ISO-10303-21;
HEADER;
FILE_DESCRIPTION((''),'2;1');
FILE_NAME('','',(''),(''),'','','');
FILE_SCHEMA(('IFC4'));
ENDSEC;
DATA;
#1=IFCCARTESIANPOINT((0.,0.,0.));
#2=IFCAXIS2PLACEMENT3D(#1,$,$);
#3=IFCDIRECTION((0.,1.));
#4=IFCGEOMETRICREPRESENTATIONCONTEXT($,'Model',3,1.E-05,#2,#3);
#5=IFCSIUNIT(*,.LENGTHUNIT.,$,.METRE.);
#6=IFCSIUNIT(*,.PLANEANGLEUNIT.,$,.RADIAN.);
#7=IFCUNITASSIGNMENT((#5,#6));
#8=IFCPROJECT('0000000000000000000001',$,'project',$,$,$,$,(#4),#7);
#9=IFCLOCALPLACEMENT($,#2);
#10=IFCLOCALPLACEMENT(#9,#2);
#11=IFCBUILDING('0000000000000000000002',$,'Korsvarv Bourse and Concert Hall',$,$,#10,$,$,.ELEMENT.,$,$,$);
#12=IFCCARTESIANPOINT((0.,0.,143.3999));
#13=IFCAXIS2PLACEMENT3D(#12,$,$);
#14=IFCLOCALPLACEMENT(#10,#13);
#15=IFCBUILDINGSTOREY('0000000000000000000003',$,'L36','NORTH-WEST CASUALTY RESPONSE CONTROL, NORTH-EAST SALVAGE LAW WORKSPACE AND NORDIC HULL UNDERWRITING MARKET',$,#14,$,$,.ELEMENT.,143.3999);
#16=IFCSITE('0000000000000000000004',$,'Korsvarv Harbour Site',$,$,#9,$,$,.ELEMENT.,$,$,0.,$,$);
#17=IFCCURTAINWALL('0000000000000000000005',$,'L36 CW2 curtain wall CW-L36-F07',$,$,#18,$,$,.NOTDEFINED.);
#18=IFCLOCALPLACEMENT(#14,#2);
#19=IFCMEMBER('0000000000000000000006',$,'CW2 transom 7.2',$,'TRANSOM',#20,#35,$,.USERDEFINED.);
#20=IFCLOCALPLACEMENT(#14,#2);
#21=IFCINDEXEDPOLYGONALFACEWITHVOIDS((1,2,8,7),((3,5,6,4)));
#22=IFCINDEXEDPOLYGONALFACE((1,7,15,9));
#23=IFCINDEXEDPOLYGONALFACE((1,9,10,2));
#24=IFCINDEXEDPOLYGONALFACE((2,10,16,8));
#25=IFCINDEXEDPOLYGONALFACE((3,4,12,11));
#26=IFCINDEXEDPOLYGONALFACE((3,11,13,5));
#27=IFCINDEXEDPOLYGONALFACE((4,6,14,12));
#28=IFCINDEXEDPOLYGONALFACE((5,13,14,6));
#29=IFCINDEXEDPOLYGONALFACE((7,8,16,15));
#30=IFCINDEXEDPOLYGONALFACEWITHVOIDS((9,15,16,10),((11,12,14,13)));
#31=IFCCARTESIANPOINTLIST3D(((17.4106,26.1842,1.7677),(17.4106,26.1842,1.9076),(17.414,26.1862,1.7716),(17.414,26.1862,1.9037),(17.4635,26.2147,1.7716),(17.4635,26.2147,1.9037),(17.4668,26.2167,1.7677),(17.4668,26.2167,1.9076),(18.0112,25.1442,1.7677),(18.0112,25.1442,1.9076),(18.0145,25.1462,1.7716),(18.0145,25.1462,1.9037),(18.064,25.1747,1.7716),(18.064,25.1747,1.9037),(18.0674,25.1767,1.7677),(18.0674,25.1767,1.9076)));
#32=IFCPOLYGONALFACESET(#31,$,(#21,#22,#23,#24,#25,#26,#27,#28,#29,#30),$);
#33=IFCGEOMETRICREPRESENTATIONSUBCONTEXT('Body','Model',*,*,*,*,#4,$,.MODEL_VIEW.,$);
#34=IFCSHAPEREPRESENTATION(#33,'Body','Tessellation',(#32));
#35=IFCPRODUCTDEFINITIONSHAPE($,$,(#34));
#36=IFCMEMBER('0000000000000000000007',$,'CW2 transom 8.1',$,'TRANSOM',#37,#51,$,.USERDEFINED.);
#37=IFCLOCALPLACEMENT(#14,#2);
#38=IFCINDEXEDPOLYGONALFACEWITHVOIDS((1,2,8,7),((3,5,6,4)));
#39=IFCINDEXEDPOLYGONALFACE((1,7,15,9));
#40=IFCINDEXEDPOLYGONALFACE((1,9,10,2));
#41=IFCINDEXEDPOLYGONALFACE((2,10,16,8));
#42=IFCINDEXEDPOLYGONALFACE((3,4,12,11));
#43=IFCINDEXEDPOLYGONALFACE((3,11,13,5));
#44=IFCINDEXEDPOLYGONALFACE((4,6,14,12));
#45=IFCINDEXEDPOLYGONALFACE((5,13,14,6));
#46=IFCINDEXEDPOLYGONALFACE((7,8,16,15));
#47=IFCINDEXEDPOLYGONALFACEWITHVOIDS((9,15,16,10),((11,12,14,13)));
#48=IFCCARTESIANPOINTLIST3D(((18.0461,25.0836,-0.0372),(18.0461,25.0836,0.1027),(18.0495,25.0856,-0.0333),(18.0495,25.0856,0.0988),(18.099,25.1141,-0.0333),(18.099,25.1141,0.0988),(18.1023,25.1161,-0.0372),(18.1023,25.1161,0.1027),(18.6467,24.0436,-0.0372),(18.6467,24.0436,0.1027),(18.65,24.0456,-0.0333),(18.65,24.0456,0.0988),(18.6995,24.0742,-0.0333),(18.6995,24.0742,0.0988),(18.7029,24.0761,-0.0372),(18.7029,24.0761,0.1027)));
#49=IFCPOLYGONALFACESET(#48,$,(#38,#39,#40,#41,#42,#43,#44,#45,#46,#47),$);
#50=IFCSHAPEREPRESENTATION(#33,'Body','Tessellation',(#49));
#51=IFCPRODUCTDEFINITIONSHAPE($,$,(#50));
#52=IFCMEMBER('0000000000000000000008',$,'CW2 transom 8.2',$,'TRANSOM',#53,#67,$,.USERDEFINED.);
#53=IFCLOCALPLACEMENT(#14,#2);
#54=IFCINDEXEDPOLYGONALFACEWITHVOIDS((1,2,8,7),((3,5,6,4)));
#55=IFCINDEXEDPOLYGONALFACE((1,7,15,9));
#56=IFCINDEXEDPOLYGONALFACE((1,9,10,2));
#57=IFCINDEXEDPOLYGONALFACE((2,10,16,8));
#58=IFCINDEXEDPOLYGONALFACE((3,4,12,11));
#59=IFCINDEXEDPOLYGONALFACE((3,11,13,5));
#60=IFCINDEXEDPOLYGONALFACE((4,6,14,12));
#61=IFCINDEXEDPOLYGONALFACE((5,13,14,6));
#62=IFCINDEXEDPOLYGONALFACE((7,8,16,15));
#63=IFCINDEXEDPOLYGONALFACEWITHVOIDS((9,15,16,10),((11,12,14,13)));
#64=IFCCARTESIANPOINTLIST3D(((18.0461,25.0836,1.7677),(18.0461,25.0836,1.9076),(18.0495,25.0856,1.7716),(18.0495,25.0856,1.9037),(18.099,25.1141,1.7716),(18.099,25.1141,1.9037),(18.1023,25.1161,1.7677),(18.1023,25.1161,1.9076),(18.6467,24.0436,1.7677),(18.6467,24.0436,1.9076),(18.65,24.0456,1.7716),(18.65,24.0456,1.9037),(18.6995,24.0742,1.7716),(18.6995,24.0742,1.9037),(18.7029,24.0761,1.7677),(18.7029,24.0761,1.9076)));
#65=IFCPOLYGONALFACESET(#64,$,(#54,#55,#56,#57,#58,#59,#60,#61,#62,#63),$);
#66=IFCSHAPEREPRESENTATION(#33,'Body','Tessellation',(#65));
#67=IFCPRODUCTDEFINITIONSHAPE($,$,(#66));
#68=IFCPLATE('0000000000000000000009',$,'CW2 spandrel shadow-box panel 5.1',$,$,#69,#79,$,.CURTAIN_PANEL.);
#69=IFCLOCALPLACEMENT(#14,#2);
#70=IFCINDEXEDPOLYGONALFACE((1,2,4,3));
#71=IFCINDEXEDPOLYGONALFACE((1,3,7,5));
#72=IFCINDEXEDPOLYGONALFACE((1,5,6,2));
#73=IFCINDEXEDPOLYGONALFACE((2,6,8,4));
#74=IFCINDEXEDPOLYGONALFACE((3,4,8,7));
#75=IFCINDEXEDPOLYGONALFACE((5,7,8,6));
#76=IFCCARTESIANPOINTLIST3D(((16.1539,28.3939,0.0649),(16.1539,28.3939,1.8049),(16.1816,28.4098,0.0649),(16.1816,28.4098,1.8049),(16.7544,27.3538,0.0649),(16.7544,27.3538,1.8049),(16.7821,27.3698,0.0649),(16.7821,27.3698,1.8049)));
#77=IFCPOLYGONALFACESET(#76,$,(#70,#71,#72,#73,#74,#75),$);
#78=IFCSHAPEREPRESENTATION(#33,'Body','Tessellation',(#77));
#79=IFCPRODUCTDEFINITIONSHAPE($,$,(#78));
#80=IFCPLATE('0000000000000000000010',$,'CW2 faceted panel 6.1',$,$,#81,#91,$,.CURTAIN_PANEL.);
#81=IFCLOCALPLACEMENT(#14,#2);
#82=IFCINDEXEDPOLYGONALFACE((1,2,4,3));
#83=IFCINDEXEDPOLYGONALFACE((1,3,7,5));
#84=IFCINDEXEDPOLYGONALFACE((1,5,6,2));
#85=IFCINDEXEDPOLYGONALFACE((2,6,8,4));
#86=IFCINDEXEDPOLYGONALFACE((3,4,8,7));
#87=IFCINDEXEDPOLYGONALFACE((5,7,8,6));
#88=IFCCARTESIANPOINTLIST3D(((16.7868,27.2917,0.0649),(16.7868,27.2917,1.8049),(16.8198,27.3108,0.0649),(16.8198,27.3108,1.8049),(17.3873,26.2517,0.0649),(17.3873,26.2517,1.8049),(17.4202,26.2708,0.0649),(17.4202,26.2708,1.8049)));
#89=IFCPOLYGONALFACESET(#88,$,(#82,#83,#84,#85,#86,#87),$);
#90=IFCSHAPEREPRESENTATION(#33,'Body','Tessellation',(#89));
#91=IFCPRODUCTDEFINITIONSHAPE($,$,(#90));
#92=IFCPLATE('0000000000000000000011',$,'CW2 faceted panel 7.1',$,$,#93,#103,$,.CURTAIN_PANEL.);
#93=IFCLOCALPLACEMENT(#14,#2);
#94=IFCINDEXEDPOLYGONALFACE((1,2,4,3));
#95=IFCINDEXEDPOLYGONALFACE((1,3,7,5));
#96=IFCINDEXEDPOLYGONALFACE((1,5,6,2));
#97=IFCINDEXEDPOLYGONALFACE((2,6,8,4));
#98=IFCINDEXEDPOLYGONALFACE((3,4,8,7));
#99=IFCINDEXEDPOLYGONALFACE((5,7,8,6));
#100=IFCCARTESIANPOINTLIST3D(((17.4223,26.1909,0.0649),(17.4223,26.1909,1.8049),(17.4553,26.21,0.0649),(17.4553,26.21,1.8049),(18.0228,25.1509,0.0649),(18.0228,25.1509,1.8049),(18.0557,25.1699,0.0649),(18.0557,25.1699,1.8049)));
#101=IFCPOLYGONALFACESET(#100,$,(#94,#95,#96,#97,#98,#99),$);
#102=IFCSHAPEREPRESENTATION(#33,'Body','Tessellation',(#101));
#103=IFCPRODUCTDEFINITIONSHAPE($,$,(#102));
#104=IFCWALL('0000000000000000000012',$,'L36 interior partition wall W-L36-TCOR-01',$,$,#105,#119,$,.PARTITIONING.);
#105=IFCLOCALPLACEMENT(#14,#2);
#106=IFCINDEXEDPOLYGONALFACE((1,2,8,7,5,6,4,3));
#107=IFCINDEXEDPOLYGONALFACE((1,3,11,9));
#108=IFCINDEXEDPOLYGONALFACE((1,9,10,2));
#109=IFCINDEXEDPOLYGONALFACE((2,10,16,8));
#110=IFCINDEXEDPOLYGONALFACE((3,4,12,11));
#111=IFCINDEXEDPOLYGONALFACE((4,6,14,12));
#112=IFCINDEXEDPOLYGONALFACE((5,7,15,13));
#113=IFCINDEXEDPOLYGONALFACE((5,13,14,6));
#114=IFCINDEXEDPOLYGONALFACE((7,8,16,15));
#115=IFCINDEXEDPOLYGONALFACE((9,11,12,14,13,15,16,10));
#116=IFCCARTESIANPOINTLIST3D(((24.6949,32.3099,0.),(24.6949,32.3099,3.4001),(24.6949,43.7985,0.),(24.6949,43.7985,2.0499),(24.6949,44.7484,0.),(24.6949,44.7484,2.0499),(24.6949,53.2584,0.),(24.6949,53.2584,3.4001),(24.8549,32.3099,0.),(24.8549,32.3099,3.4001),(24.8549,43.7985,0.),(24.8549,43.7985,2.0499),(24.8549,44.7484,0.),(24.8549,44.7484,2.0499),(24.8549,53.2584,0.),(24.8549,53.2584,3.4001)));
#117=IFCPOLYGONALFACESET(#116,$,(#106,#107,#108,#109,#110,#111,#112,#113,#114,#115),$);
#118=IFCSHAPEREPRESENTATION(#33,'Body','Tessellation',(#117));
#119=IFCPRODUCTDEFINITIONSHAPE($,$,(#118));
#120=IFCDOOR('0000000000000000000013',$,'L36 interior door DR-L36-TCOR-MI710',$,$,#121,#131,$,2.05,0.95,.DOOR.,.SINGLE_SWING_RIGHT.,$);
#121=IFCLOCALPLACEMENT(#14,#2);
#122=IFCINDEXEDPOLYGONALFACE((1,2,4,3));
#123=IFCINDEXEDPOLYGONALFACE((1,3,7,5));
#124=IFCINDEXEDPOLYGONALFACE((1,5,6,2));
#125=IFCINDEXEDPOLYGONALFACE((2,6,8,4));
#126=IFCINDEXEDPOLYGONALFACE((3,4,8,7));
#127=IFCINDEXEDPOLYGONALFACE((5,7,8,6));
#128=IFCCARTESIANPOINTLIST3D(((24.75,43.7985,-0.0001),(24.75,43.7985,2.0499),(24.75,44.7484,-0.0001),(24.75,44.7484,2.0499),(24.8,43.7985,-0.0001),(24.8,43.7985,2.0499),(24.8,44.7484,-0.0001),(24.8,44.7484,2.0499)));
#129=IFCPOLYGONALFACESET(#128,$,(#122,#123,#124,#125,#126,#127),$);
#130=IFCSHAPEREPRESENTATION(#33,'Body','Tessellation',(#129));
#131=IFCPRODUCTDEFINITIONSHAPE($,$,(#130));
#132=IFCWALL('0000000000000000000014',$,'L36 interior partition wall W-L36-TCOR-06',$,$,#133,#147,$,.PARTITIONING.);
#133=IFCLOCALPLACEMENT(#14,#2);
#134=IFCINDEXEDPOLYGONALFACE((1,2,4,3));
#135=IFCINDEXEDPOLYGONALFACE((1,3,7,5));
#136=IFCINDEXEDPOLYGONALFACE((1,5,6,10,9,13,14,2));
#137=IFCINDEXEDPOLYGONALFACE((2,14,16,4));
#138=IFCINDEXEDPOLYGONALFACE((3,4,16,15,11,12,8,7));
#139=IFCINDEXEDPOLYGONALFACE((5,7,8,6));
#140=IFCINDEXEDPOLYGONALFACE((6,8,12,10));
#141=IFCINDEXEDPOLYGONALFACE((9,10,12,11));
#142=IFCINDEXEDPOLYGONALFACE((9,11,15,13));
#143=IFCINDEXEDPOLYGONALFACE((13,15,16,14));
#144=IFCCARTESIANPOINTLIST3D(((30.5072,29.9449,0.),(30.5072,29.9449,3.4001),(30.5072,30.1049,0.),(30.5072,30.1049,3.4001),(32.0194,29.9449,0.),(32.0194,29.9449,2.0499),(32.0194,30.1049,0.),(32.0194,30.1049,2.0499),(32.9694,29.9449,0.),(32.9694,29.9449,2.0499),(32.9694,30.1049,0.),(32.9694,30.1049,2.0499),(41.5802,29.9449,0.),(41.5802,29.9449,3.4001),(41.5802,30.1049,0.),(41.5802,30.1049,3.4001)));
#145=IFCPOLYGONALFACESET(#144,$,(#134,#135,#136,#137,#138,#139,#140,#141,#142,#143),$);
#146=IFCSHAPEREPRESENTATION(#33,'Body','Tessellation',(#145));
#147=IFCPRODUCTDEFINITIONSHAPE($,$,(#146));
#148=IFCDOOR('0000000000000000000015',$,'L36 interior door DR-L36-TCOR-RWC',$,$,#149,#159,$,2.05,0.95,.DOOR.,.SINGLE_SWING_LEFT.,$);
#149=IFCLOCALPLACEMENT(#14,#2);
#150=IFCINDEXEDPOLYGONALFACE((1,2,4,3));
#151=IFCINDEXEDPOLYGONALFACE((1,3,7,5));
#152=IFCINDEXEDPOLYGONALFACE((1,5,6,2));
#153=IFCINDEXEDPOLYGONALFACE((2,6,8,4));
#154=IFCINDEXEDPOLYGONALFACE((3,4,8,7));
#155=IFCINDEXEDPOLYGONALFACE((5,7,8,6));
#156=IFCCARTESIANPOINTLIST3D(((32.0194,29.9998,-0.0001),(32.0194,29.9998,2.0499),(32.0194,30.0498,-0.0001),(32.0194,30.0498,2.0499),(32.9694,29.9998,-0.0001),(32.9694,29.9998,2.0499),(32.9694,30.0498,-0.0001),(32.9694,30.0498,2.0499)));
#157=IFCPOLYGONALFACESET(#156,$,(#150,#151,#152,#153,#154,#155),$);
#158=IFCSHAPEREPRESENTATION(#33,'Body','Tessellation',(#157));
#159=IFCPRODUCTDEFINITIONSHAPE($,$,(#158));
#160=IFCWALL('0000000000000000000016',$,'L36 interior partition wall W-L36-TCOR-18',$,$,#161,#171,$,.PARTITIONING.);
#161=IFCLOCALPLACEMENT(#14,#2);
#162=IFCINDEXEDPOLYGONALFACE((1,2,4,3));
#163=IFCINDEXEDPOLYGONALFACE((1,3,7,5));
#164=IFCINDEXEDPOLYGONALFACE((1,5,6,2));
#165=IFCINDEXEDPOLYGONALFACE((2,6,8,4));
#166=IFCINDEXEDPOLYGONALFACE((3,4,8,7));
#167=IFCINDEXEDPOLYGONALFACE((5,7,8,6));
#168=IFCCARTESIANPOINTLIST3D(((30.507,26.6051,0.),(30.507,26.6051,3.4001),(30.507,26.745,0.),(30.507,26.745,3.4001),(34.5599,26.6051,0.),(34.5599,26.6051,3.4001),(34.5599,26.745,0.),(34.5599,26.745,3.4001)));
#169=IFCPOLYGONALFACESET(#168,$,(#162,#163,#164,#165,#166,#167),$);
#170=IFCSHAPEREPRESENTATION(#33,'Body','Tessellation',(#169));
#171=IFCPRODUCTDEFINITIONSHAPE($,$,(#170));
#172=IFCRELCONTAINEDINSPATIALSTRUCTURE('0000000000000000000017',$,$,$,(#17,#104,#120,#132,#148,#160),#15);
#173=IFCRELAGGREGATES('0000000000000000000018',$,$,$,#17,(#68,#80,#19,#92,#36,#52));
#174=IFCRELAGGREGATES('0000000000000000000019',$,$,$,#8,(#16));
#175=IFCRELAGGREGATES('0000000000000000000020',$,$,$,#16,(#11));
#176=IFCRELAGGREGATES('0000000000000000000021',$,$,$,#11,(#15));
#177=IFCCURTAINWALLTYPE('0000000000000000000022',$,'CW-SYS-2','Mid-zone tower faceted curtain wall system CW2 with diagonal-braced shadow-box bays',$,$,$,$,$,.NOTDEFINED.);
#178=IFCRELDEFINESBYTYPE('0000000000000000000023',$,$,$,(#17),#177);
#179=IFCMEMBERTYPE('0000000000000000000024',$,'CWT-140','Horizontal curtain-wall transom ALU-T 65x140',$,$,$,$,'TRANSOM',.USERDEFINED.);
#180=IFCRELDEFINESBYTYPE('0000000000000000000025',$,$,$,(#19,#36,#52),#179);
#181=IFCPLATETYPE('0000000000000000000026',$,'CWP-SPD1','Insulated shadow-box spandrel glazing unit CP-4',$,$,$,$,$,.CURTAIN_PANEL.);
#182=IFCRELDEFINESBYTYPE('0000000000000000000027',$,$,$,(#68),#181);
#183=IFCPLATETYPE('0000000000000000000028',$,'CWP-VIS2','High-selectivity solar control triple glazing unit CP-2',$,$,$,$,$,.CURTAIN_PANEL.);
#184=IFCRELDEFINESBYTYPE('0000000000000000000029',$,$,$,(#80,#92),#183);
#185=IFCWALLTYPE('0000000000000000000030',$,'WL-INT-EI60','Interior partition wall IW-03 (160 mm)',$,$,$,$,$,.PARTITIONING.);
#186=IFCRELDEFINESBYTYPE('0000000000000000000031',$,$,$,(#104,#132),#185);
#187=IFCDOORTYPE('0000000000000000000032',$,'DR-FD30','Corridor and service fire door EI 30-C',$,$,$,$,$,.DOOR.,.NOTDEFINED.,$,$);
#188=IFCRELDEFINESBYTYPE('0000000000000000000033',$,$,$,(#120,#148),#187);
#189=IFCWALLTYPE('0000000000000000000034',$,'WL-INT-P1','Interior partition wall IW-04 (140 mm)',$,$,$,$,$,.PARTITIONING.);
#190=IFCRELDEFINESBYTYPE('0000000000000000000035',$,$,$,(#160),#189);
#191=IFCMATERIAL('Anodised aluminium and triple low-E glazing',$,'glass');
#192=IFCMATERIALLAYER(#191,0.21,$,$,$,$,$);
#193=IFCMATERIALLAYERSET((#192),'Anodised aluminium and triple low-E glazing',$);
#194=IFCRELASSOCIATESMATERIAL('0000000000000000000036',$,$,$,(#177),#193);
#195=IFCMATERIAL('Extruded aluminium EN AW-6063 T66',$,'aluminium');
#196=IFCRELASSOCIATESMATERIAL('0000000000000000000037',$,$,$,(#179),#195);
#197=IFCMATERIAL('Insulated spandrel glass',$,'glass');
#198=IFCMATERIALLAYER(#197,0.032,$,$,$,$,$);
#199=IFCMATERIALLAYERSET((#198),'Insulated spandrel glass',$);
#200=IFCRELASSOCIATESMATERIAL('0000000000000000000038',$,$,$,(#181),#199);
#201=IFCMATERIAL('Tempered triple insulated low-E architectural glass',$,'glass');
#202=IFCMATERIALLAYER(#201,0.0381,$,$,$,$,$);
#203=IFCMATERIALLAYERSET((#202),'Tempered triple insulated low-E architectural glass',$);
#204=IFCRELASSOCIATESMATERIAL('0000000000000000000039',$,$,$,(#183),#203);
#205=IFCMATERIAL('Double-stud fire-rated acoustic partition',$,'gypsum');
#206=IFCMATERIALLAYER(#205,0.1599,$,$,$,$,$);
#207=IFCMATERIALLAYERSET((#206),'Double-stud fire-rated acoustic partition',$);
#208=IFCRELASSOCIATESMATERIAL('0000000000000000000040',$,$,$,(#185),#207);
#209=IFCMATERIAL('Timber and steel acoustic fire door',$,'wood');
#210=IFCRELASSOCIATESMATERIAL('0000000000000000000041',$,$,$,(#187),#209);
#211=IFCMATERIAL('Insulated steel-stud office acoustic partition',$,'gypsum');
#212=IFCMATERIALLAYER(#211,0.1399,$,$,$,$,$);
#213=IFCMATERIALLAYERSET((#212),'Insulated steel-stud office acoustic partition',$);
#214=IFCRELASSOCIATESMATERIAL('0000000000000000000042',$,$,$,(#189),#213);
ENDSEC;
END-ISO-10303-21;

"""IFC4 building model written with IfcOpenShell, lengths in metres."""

from ifc_helpers import new_model, si_unit, direction, frame, frame_2d, origin, origin_2d, place, context, subcontext, project, spatial, rectangle, hollow_rectangle, extrude, source, transform, mapped, material, layer, layer_set, material_profile, profile_set, type_object, element, fill, aggregate, save


model = new_model("IFC4")

# Units and contexts
model_context = context("Model", 3, precision=1e-05, world=origin(), true_north=direction((0.0, 1.0)))
body_context = subcontext(model_context, "Body", "Model", "MODEL_VIEW")
ifc_project = project(units=[si_unit("LENGTHUNIT", "METRE"), si_unit("PLANEANGLEUNIT", "RADIAN")], contexts=[model_context])

# Site, building, storey
site_placement = place(None, origin())
site = spatial("IfcSite", under=ifc_project, at=site_placement, Name="Korsvarv Harbour Site", CompositionType="ELEMENT", RefElevation=0.0)
building_placement = place(site_placement, origin())
building = spatial("IfcBuilding", under=site, at=building_placement, Name="Korsvarv Bourse and Concert Hall", CompositionType="ELEMENT")
storey_placement = place(building_placement, frame((0.0, 0.0, 143.3999)))
storey = spatial("IfcBuildingStorey", under=building, at=storey_placement, Name="L36", Description="NORTH-WEST CASUALTY RESPONSE CONTROL, NORTH-EAST SALVAGE LAW WORKSPACE AND NORDIC HULL UNDERWRITING MARKET", CompositionType="ELEMENT", Elevation=143.3999)

# Curtain wall, members, plates
ifc_material_1 = material(Name="Anodised aluminium and triple low-E glazing", Category="glass")
ifc_layer_1 = layer(ifc_material_1, 0.21)
ifc_layer_set_1 = layer_set([ifc_layer_1], Name="Anodised aluminium and triple low-E glazing")
curtain_wall_type = type_object("IfcCurtainWallType", Name="CW-SYS-2", Description="Mid-zone tower faceted curtain wall system CW2 with diagonal-braced shadow-box bays", PredefinedType="NOTDEFINED", material=ifc_layer_set_1)
curtain_wall_placement = place(storey_placement, origin())
curtain_wall = element("IfcCurtainWall", 1, at=curtain_wall_placement, inside=storey, type_object=curtain_wall_type, Name="L36 CW2 curtain wall CW-L36-F07", PredefinedType="NOTDEFINED")
ifc_material_2 = material(Name="Extruded aluminium EN AW-6063 T66", Category="aluminium")
ifc_material_profile_1 = material_profile(ifc_material_2, hollow_rectangle(XDim=0.0649, YDim=0.1399, WallThickness=0.0039, at=origin_2d()), Name="ALU-T 65x140")
ifc_profile_set_1 = profile_set([ifc_material_profile_1], Name="Extruded aluminium EN AW-6063 T66")
member_type_1 = type_object("IfcMemberType", Name="CWT-140", Description="Horizontal curtain-wall transom ALU-T 65x140", ElementType="TRANSOM", PredefinedType="USERDEFINED", material=ifc_profile_set_1)
shared_shape_1 = source(origin(), body_context, "Body", "SweptSolid", [
    extrude(hollow_rectangle(XDim=0.0649, YDim=0.1399, WallThickness=0.0039, at=origin_2d()), origin(), (0.0, 0.0, 1.0), 1.2009),
])
member_1_placement = place(storey_placement, frame((17.4387, 26.2004, 1.8376), z_axis=(0.500074, -0.865982, 0.0), x_axis=(0.865982, 0.500074, 0.0)))
member_1 = element("IfcMember", 2, at=member_1_placement, type_object=member_type_1, Name="CW2 transom 7.2", ObjectType="TRANSOM", PredefinedType="USERDEFINED", context=body_context, shape_type="MappedRepresentation", body=[
    mapped(shared_shape_1, transform((0.0, 0.0, 0.0), scale=1.0)),
])
member_2_placement = place(storey_placement, frame((18.0742, 25.0999, 0.0327), z_axis=(0.500074, -0.865982, 0.0), x_axis=(0.865982, 0.500074, 0.0)))
member_2 = element("IfcMember", 3, at=member_2_placement, type_object=member_type_1, Name="CW2 transom 8.1", ObjectType="TRANSOM", PredefinedType="USERDEFINED", context=body_context, shape_type="MappedRepresentation", body=[
    mapped(shared_shape_1, transform((0.0, 0.0, 0.0), scale=1.0)),
])
member_3_placement = place(storey_placement, frame((18.0742, 25.0999, 1.8376), z_axis=(0.500074, -0.865982, 0.0), x_axis=(0.865982, 0.500074, 0.0)))
member_3 = element("IfcMember", 4, at=member_3_placement, type_object=member_type_1, Name="CW2 transom 8.2", ObjectType="TRANSOM", PredefinedType="USERDEFINED", context=body_context, shape_type="MappedRepresentation", body=[
    mapped(shared_shape_1, transform((0.0, 0.0, 0.0), scale=1.0)),
])
ifc_material_3 = material(Name="Insulated spandrel glass", Category="glass")
ifc_layer_2 = layer(ifc_material_3, 0.032)
ifc_layer_set_2 = layer_set([ifc_layer_2], Name="Insulated spandrel glass")
plate_type_1 = type_object("IfcPlateType", Name="CWP-SPD1", Description="Insulated shadow-box spandrel glazing unit CP-4", PredefinedType="CURTAIN_PANEL", material=ifc_layer_set_2)
shared_shape_2 = source(origin(), body_context, "Body", "SweptSolid", [
    extrude(rectangle(XDim=1.2009, YDim=0.032, at=origin_2d()), origin(), (0.0, 0.0, 1.0), 1.74),
])
plate_1_placement = place(storey_placement, frame((16.468, 27.8818, 0.0649), z_axis=(0.0, 0.0, 1.0), x_axis=(0.5, -0.866025, 0.0)))
plate_1 = element("IfcPlate", 5, at=plate_1_placement, type_object=plate_type_1, Name="CW2 spandrel shadow-box panel 5.1", PredefinedType="CURTAIN_PANEL", context=body_context, shape_type="MappedRepresentation", body=[
    mapped(shared_shape_2, transform((0.0, 0.0, 0.0), scale=1.0)),
])
ifc_material_4 = material(Name="Tempered triple insulated low-E architectural glass", Category="glass")
ifc_layer_3 = layer(ifc_material_4, 0.0381)
ifc_layer_set_3 = layer_set([ifc_layer_3], Name="Tempered triple insulated low-E architectural glass")
plate_type_2 = type_object("IfcPlateType", Name="CWP-VIS2", Description="High-selectivity solar control triple glazing unit CP-2", PredefinedType="CURTAIN_PANEL", material=ifc_layer_set_3)
shared_shape_3 = source(origin(), body_context, "Body", "SweptSolid", [
    extrude(rectangle(XDim=1.2009, YDim=0.0381, at=origin_2d()), origin(), (0.0, 0.0, 1.0), 1.74),
])
plate_2_placement = place(storey_placement, frame((17.1035, 26.7812, 0.0649), z_axis=(0.0, 0.0, 1.0), x_axis=(0.5, -0.866025, 0.0)))
plate_2 = element("IfcPlate", 6, at=plate_2_placement, type_object=plate_type_2, Name="CW2 faceted panel 6.1", PredefinedType="CURTAIN_PANEL", context=body_context, shape_type="MappedRepresentation", body=[
    mapped(shared_shape_3, transform((0.0, 0.0, 0.0), scale=1.0)),
])
plate_3_placement = place(storey_placement, frame((17.739, 25.6804, 0.0649), z_axis=(0.0, 0.0, 1.0), x_axis=(0.5, -0.866025, 0.0)))
plate_3 = element("IfcPlate", 7, at=plate_3_placement, type_object=plate_type_2, Name="CW2 faceted panel 7.1", PredefinedType="CURTAIN_PANEL", context=body_context, shape_type="MappedRepresentation", body=[
    mapped(shared_shape_3, transform((0.0, 0.0, 0.0), scale=1.0)),
])
aggregate(curtain_wall, [plate_1, plate_2, member_1, plate_3, member_2, member_3])

# Walls, openings, doors
ifc_material_5 = material(Name="Double-stud fire-rated acoustic partition", Category="gypsum")
ifc_layer_4 = layer(ifc_material_5, 0.1599)
ifc_layer_set_4 = layer_set([ifc_layer_4], Name="Double-stud fire-rated acoustic partition")
wall_type_1 = type_object("IfcWallType", Name="WL-INT-EI60", Description="Interior partition wall IW-03 (160 mm)", PredefinedType="PARTITIONING", material=ifc_layer_set_4)
wall_1_placement = place(storey_placement, frame((24.7749, 32.3101, 0.0), z_axis=(0.0, 0.0, 1.0), x_axis=(0.0, 1.0, 0.0)))
wall_1 = element("IfcWall", 8, at=wall_1_placement, inside=storey, type_object=wall_type_1, Name="L36 interior partition wall W-L36-TCOR-01", PredefinedType="PARTITIONING", context=body_context, shape_type="SweptSolid", body=[
    extrude(rectangle(XDim=20.9485, YDim=0.1599, at=frame_2d((10.4741, 0.0))), origin(), (0.0, 0.0, 1.0), 3.4001),
])
opening_1_placement = place(wall_1_placement, frame((11.4883, 0.0, 0.0)))
opening_1 = element("IfcOpeningElement", 9, at=opening_1_placement, cuts=wall_1, PredefinedType="OPENING", context=body_context, shape_type="SweptSolid", body=[
    extrude(rectangle(XDim=0.95, YDim=2.05, at=frame_2d((0.4751, 1.0249))), frame((0.0, 0.0898, 0.0), z_axis=(0.0, -1.0, 0.0), x_axis=(1.0, 0.0, 0.0)), (0.0, 0.0, 1.0), 0.1799),
])
ifc_material_6 = material(Name="Timber and steel acoustic fire door", Category="wood")
door_type = type_object("IfcDoorType", Name="DR-FD30", Description="Corridor and service fire door EI 30-C", OperationType="NOTDEFINED", PredefinedType="DOOR", material=ifc_material_6)
door_1_placement = place(opening_1_placement, origin())
door_1 = element("IfcDoor", 10, at=door_1_placement, inside=storey, type_object=door_type, Name="L36 interior door DR-L36-TCOR-MI710", OperationType="SINGLE_SWING_RIGHT", OverallHeight=2.05, OverallWidth=0.95, PredefinedType="DOOR", context=body_context, shape_type="SweptSolid", body=[
    extrude(rectangle(XDim=0.95, YDim=2.05, at=frame_2d((0.4751, 1.0249))), frame((0.0, 0.0249, 0.0), z_axis=(0.0, -1.0, 0.0), x_axis=(1.0, 0.0, 0.0)), (0.0, 0.0, 1.0), 0.05),
])
fill(opening_1, door_1)
wall_2_placement = place(storey_placement, frame((30.5071, 30.0249, 0.0), z_axis=(0.0, 0.0, 1.0), x_axis=(1.0, 0.0, 0.0)))
wall_2 = element("IfcWall", 11, at=wall_2_placement, inside=storey, type_object=wall_type_1, Name="L36 interior partition wall W-L36-TCOR-06", PredefinedType="PARTITIONING", context=body_context, shape_type="SweptSolid", body=[
    extrude(rectangle(XDim=11.073, YDim=0.1599, at=frame_2d((5.5366, 0.0))), origin(), (0.0, 0.0, 1.0), 3.4001),
])
opening_2_placement = place(wall_2_placement, frame((1.5122, 0.0, 0.0)))
opening_2 = element("IfcOpeningElement", 12, at=opening_2_placement, cuts=wall_2, PredefinedType="OPENING", context=body_context, shape_type="SweptSolid", body=[
    extrude(rectangle(XDim=0.95, YDim=2.05, at=frame_2d((0.4751, 1.0249))), frame((0.0, 0.0898, 0.0), z_axis=(0.0, -1.0, 0.0), x_axis=(1.0, 0.0, 0.0)), (0.0, 0.0, 1.0), 0.1799),
])
door_2_placement = place(opening_2_placement, origin())
door_2 = element("IfcDoor", 13, at=door_2_placement, inside=storey, type_object=door_type, Name="L36 interior door DR-L36-TCOR-RWC", OperationType="SINGLE_SWING_LEFT", OverallHeight=2.05, OverallWidth=0.95, PredefinedType="DOOR", context=body_context, shape_type="SweptSolid", body=[
    extrude(rectangle(XDim=0.95, YDim=2.05, at=frame_2d((0.4751, 1.0249))), frame((0.0, 0.0249, 0.0), z_axis=(0.0, -1.0, 0.0), x_axis=(1.0, 0.0, 0.0)), (0.0, 0.0, 1.0), 0.05),
])
fill(opening_2, door_2)

# Wall
ifc_material_7 = material(Name="Insulated steel-stud office acoustic partition", Category="gypsum")
ifc_layer_5 = layer(ifc_material_7, 0.1399)
ifc_layer_set_5 = layer_set([ifc_layer_5], Name="Insulated steel-stud office acoustic partition")
wall_type_2 = type_object("IfcWallType", Name="WL-INT-P1", Description="Interior partition wall IW-04 (140 mm)", PredefinedType="PARTITIONING", material=ifc_layer_set_5)
wall_3_placement = place(storey_placement, frame((30.5071, 26.675, 0.0), z_axis=(0.0, 0.0, 1.0), x_axis=(1.0, 0.0, 0.0)))
element("IfcWall", 14, at=wall_3_placement, inside=storey, type_object=wall_type_2, Name="L36 interior partition wall W-L36-TCOR-18", PredefinedType="PARTITIONING", context=body_context, shape_type="SweptSolid", body=[
    extrude(rectangle(XDim=4.053, YDim=0.1399, at=frame_2d((2.0264, 0.0))), origin(), (0.0, 0.0, 1.0), 3.4001),
])

save(model, "model.ifc")
